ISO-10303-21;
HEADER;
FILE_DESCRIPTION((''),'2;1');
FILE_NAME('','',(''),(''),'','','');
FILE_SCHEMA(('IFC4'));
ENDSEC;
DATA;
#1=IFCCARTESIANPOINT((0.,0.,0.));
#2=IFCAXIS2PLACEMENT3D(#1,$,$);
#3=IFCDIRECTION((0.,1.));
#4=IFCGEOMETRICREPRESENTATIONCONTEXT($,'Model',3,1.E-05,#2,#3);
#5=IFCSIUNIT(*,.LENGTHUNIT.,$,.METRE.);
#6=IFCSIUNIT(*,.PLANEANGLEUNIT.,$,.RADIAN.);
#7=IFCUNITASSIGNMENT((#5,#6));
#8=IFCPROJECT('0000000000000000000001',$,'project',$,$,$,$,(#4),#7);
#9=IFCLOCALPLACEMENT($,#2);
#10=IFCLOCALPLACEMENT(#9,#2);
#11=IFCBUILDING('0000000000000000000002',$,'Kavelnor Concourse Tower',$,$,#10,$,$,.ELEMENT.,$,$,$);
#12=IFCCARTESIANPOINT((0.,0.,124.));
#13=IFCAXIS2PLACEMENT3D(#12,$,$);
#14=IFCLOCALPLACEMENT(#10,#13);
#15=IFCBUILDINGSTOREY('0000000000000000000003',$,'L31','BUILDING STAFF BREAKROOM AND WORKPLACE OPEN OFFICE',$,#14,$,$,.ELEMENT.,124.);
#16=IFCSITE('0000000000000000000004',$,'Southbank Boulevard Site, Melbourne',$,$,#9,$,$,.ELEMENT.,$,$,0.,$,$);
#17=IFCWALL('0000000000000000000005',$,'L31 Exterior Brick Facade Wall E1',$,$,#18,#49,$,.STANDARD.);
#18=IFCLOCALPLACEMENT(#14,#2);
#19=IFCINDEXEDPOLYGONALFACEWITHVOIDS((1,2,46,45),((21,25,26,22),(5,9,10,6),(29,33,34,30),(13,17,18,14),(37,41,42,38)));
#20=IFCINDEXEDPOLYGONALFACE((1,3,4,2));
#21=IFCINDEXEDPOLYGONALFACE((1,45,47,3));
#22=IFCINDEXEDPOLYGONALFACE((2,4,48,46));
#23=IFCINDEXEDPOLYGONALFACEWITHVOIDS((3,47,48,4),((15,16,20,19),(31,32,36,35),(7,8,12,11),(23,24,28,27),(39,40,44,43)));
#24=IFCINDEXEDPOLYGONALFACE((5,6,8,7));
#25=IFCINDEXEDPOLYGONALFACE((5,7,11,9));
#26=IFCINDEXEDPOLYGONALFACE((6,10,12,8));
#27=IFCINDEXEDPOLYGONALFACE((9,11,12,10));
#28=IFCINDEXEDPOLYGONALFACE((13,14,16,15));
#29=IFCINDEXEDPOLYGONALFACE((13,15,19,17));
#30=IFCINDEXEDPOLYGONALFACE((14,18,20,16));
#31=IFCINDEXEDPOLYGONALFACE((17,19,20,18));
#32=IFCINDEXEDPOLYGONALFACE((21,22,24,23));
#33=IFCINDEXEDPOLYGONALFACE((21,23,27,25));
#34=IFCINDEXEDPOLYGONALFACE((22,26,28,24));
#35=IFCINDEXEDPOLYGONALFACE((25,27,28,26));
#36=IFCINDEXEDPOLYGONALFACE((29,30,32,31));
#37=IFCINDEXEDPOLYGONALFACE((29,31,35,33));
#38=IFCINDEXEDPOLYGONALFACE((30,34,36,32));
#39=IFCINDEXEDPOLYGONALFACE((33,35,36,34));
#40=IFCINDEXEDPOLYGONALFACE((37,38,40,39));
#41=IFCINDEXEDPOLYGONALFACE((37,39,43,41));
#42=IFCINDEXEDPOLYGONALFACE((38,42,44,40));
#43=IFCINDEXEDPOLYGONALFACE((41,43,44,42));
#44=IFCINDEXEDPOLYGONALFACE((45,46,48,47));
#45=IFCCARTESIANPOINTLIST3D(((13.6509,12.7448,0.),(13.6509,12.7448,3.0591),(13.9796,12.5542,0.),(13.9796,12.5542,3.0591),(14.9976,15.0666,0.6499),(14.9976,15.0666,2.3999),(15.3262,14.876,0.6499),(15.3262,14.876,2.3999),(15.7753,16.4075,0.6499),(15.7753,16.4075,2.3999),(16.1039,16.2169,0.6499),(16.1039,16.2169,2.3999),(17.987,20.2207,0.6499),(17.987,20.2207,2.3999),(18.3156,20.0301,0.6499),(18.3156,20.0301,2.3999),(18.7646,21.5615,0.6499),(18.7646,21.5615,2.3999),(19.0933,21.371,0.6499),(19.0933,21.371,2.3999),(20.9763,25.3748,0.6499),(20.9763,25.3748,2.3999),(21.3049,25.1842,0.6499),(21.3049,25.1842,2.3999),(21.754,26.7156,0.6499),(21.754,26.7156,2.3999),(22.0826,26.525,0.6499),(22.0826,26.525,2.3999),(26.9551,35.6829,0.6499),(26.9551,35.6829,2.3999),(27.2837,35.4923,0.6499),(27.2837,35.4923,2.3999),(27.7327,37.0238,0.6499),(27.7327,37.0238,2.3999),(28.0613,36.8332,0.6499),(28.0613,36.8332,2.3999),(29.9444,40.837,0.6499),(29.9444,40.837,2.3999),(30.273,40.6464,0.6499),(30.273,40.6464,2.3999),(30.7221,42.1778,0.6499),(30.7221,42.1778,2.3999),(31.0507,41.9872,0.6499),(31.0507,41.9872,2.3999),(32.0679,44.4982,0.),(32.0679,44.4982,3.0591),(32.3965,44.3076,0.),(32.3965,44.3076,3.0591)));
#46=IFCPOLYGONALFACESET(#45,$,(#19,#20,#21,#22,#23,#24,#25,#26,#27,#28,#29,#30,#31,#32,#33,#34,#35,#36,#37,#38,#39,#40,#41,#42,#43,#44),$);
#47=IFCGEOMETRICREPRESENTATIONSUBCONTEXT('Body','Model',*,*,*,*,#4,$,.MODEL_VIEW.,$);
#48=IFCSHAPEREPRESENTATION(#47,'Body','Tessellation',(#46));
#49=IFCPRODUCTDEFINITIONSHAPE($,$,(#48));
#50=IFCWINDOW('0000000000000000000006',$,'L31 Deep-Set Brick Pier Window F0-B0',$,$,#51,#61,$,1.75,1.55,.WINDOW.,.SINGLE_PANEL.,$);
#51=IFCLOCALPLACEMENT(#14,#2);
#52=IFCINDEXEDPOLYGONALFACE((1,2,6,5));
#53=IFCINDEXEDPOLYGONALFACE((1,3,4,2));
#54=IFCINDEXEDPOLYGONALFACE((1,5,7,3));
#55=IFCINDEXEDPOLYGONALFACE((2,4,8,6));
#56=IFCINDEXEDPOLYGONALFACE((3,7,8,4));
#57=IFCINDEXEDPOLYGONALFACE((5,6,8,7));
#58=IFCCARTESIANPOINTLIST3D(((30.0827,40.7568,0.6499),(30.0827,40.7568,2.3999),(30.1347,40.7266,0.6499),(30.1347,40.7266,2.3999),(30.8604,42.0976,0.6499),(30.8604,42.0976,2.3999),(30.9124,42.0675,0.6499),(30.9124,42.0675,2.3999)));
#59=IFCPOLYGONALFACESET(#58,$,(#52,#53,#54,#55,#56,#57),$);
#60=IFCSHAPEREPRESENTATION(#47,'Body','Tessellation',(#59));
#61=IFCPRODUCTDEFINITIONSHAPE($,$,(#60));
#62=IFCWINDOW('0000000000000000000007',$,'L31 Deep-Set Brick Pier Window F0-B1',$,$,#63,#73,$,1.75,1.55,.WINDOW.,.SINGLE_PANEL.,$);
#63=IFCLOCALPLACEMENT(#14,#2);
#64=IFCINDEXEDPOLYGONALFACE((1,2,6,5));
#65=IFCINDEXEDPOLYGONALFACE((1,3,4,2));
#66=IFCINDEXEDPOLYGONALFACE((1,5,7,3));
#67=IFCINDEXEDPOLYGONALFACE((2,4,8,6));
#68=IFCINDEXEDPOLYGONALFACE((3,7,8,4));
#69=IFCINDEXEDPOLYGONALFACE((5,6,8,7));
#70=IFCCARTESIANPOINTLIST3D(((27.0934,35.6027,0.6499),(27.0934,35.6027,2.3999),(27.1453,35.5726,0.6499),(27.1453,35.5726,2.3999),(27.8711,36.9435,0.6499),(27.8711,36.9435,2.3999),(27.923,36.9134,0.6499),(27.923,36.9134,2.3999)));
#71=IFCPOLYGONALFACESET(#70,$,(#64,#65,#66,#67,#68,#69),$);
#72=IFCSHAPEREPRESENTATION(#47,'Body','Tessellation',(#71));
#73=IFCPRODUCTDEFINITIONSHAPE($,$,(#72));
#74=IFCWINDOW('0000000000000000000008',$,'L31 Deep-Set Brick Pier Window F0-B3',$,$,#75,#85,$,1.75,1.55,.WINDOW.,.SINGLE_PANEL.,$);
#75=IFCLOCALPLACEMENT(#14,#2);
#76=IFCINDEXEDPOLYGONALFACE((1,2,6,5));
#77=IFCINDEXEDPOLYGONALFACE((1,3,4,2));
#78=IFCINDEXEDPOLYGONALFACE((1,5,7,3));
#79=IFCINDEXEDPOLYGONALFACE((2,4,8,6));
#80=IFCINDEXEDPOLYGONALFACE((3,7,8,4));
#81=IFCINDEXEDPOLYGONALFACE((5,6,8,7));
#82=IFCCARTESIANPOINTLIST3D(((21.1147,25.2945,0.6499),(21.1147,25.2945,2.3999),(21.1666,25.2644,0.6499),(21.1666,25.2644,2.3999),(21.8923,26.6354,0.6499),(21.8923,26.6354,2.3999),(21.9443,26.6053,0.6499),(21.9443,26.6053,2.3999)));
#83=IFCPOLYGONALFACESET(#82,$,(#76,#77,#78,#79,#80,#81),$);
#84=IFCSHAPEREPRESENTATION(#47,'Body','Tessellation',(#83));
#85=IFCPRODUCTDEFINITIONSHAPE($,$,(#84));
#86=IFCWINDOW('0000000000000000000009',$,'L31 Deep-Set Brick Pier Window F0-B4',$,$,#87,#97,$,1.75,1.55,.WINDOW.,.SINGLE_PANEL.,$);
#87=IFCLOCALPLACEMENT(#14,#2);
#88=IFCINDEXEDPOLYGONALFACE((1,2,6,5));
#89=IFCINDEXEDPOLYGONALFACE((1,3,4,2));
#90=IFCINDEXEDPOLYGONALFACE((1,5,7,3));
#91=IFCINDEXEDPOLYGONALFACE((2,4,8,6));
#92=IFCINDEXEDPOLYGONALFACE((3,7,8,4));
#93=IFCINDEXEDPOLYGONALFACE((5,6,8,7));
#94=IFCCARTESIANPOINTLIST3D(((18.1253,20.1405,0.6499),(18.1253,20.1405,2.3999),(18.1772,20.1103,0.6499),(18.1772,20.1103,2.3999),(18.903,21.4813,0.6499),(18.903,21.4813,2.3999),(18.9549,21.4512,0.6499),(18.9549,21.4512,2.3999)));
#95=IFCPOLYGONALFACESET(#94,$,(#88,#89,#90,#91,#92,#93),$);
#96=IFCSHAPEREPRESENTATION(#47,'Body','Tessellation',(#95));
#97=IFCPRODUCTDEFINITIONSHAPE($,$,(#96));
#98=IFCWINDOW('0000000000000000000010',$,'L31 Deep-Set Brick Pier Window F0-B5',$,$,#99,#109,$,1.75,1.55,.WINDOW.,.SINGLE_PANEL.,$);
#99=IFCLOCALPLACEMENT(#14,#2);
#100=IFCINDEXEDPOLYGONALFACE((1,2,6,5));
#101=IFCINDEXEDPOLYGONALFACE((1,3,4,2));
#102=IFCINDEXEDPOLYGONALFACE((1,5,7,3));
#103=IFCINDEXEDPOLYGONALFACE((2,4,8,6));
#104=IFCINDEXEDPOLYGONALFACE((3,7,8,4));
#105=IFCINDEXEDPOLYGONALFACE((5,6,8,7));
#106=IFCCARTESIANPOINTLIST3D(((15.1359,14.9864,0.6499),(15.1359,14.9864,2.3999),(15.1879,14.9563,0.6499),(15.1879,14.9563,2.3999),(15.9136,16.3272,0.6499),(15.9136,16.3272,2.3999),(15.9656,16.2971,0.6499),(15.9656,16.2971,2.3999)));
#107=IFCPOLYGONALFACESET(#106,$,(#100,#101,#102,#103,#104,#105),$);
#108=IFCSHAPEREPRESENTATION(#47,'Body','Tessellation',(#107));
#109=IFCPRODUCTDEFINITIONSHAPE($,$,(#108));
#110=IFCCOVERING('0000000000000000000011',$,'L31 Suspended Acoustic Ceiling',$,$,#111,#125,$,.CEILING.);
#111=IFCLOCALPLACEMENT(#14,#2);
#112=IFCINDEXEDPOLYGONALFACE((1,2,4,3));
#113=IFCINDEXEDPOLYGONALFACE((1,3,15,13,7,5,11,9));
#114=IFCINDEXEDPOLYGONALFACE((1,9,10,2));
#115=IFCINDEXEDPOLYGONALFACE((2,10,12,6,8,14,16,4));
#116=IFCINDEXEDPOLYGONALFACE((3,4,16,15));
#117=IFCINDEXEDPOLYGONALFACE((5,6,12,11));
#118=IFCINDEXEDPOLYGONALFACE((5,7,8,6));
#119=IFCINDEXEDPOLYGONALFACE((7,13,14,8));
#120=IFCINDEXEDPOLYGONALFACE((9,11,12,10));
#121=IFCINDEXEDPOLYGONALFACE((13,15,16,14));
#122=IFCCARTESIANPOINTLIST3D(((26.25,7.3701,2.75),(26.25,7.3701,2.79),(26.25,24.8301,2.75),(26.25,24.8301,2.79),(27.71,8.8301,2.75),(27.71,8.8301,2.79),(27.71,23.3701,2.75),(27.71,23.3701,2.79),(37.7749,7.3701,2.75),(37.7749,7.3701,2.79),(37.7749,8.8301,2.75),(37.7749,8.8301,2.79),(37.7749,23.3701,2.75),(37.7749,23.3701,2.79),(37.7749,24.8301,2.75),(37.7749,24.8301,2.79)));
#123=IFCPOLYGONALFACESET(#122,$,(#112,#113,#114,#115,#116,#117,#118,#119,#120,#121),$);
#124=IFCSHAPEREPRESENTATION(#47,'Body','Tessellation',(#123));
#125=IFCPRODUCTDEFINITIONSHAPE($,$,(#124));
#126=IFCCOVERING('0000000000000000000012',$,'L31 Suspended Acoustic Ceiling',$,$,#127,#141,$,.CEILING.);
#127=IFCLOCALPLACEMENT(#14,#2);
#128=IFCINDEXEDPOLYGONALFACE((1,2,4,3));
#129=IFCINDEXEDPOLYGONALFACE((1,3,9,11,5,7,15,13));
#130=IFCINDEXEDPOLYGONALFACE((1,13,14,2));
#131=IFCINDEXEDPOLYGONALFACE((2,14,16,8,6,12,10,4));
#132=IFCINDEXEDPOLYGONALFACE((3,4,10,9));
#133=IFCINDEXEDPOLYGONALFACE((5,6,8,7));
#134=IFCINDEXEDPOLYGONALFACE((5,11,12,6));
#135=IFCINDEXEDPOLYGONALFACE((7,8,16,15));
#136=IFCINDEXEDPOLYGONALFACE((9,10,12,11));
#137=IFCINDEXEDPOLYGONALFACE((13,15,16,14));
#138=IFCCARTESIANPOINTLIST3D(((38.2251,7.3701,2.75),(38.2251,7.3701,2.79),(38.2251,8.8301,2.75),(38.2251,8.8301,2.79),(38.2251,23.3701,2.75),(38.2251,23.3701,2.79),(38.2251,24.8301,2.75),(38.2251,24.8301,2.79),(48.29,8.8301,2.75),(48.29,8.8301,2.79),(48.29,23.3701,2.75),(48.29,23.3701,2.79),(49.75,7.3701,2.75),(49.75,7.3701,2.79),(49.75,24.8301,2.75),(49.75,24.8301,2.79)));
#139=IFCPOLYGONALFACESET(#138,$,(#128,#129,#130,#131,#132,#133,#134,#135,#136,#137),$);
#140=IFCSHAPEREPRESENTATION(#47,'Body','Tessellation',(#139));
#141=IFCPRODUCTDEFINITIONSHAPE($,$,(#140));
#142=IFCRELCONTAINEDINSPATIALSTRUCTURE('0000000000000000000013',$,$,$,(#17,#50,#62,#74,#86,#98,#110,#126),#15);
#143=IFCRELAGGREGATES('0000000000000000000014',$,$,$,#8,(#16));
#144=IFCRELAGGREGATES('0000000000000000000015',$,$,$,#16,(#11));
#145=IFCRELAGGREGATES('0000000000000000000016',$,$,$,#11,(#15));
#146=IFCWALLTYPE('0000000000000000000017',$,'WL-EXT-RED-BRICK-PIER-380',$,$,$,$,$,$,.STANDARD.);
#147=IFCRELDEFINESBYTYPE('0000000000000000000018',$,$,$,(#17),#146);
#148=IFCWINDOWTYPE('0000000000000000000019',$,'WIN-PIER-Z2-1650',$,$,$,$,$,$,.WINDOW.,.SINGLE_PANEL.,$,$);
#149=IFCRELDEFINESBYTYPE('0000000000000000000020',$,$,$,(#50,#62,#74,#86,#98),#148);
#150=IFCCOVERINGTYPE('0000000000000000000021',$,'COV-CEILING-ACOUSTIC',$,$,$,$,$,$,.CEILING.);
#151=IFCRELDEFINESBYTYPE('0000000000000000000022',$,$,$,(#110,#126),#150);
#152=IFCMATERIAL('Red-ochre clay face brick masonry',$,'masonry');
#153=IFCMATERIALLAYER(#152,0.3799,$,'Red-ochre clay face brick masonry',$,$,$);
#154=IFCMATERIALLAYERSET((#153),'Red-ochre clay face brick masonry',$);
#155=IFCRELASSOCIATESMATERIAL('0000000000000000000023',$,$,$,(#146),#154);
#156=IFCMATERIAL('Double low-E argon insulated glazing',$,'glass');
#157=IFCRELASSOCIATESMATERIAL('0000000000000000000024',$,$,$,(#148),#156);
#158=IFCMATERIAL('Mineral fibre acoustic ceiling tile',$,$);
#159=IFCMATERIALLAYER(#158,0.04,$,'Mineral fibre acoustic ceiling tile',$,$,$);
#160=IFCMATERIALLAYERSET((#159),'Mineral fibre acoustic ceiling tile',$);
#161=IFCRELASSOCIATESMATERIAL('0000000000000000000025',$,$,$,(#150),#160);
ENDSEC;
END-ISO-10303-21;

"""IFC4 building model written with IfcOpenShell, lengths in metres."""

from ifc_helpers import new_model, si_unit, direction, frame, frame_2d, origin, place, context, subcontext, project, spatial, polyline, rectangle, outline, extrude, material, layer, layer_set, type_object, element, fill, save


model = new_model("IFC4")

# Units and contexts
model_context = context("Model", 3, precision=1e-05, world=origin(), true_north=direction((0.0, 1.0)))
body_context = subcontext(model_context, "Body", "Model", "MODEL_VIEW")
ifc_project = project(units=[si_unit("LENGTHUNIT", "METRE"), si_unit("PLANEANGLEUNIT", "RADIAN")], contexts=[model_context])

# Site, building, storey
site_placement = place(None, origin())
site = spatial("IfcSite", under=ifc_project, at=site_placement, Name="Southbank Boulevard Site, Melbourne", CompositionType="ELEMENT", RefElevation=0.0)
building_placement = place(site_placement, origin())
building = spatial("IfcBuilding", under=site, at=building_placement, Name="Kavelnor Concourse Tower", CompositionType="ELEMENT")
storey_placement = place(building_placement, frame((0.0, 0.0, 124.0)))
storey = spatial("IfcBuildingStorey", under=building, at=storey_placement, Name="L31", Description="BUILDING STAFF BREAKROOM AND WORKPLACE OPEN OFFICE", CompositionType="ELEMENT", Elevation=124.0)

# Wall, openings, windows
ifc_material_1 = material(Name="Red-ochre clay face brick masonry", Category="masonry")
ifc_layer_1 = layer(ifc_material_1, 0.3799, Name="Red-ochre clay face brick masonry")
ifc_layer_set_1 = layer_set([ifc_layer_1], Name="Red-ochre clay face brick masonry")
wall_type = type_object("IfcWallType", Name="WL-EXT-RED-BRICK-PIER-380", PredefinedType="STANDARD", material=ifc_layer_set_1)
wall_placement = place(storey_placement, frame((13.8152, 12.6494, 0.0), z_axis=(0.0, 0.0, 1.0), x_axis=(0.501718, 0.865031, 0.0)))
wall = element("IfcWall", 1, at=wall_placement, inside=storey, type_object=wall_type, Name="L31 Exterior Brick Facade Wall E1", PredefinedType="STANDARD", context=body_context, shape_type="SweptSolid", body=[
    extrude(rectangle(XDim=36.7078, YDim=0.3799, at=frame_2d((18.354, 0.0))), origin(), (0.0, 0.0, 1.0), 3.0591),
])
opening_1_placement = place(wall_placement, frame((32.4756, 0.0, 0.6499)))
opening_1 = element("IfcOpeningElement", 2, at=opening_1_placement, cuts=wall, PredefinedType="OPENING", context=body_context, shape_type="SweptSolid", body=[
    extrude(rectangle(XDim=1.55, YDim=1.75, at=frame_2d((0.7749, 0.875))), frame((0.0, 0.2, 0.0), z_axis=(0.0, -1.0, 0.0), x_axis=(1.0, 0.0, 0.0)), (0.0, 0.0, 1.0), 0.3999),
])
opening_2_placement = place(wall_placement, frame((26.5173, 0.0, 0.6499)))
opening_2 = element("IfcOpeningElement", 3, at=opening_2_placement, cuts=wall, PredefinedType="OPENING", context=body_context, shape_type="SweptSolid", body=[
    extrude(rectangle(XDim=1.55, YDim=1.75, at=frame_2d((0.7749, 0.875))), frame((0.0, 0.2, 0.0), z_axis=(0.0, -1.0, 0.0), x_axis=(1.0, 0.0, 0.0)), (0.0, 0.0, 1.0), 0.3999),
])
opening_3_placement = place(wall_placement, frame((14.6008, 0.0, 0.6499)))
opening_3 = element("IfcOpeningElement", 4, at=opening_3_placement, cuts=wall, PredefinedType="OPENING", context=body_context, shape_type="SweptSolid", body=[
    extrude(rectangle(XDim=1.55, YDim=1.75, at=frame_2d((0.7749, 0.875))), frame((0.0, 0.2, 0.0), z_axis=(0.0, -1.0, 0.0), x_axis=(1.0, 0.0, 0.0)), (0.0, 0.0, 1.0), 0.3999),
])
opening_4_placement = place(wall_placement, frame((8.6426, 0.0, 0.6499)))
opening_4 = element("IfcOpeningElement", 5, at=opening_4_placement, cuts=wall, PredefinedType="OPENING", context=body_context, shape_type="SweptSolid", body=[
    extrude(rectangle(XDim=1.55, YDim=1.75, at=frame_2d((0.7749, 0.875))), frame((0.0, 0.2, 0.0), z_axis=(0.0, -1.0, 0.0), x_axis=(1.0, 0.0, 0.0)), (0.0, 0.0, 1.0), 0.3999),
])
opening_5_placement = place(wall_placement, frame((2.6843, 0.0, 0.6499)))
opening_5 = element("IfcOpeningElement", 6, at=opening_5_placement, cuts=wall, PredefinedType="OPENING", context=body_context, shape_type="SweptSolid", body=[
    extrude(rectangle(XDim=1.55, YDim=1.75, at=frame_2d((0.7749, 0.875))), frame((0.0, 0.2, 0.0), z_axis=(0.0, -1.0, 0.0), x_axis=(1.0, 0.0, 0.0)), (0.0, 0.0, 1.0), 0.3999),
])
ifc_material_2 = material(Name="Double low-E argon insulated glazing", Category="glass")
window_type = type_object("IfcWindowType", Name="WIN-PIER-Z2-1650", PartitioningType="SINGLE_PANEL", PredefinedType="WINDOW", material=ifc_material_2)
window_1_placement = place(opening_1_placement, origin())
window_1 = element("IfcWindow", 7, at=window_1_placement, inside=storey, type_object=window_type, Name="L31 Deep-Set Brick Pier Window F0-B0", OverallHeight=1.75, OverallWidth=1.55, PartitioningType="SINGLE_PANEL", PredefinedType="WINDOW", context=body_context, shape_type="SweptSolid", body=[
    extrude(rectangle(XDim=1.55, YDim=1.75, at=frame_2d((0.7749, 0.875))), frame((0.0, 0.03, 0.0), z_axis=(0.0, -1.0, 0.0), x_axis=(1.0, 0.0, 0.0)), (0.0, 0.0, 1.0), 0.0601),
])
fill(opening_1, window_1)
window_2_placement = place(opening_2_placement, origin())
window_2 = element("IfcWindow", 8, at=window_2_placement, inside=storey, type_object=window_type, Name="L31 Deep-Set Brick Pier Window F0-B1", OverallHeight=1.75, OverallWidth=1.55, PartitioningType="SINGLE_PANEL", PredefinedType="WINDOW", context=body_context, shape_type="SweptSolid", body=[
    extrude(rectangle(XDim=1.55, YDim=1.75, at=frame_2d((0.7749, 0.875))), frame((0.0, 0.03, 0.0), z_axis=(0.0, -1.0, 0.0), x_axis=(1.0, 0.0, 0.0)), (0.0, 0.0, 1.0), 0.0601),
])
fill(opening_2, window_2)
window_3_placement = place(opening_3_placement, origin())
window_3 = element("IfcWindow", 9, at=window_3_placement, inside=storey, type_object=window_type, Name="L31 Deep-Set Brick Pier Window F0-B3", OverallHeight=1.75, OverallWidth=1.55, PartitioningType="SINGLE_PANEL", PredefinedType="WINDOW", context=body_context, shape_type="SweptSolid", body=[
    extrude(rectangle(XDim=1.55, YDim=1.75, at=frame_2d((0.7749, 0.875))), frame((0.0, 0.03, 0.0), z_axis=(0.0, -1.0, 0.0), x_axis=(1.0, 0.0, 0.0)), (0.0, 0.0, 1.0), 0.0601),
])
fill(opening_3, window_3)
window_4_placement = place(opening_4_placement, origin())
window_4 = element("IfcWindow", 10, at=window_4_placement, inside=storey, type_object=window_type, Name="L31 Deep-Set Brick Pier Window F0-B4", OverallHeight=1.75, OverallWidth=1.55, PartitioningType="SINGLE_PANEL", PredefinedType="WINDOW", context=body_context, shape_type="SweptSolid", body=[
    extrude(rectangle(XDim=1.55, YDim=1.75, at=frame_2d((0.7749, 0.875))), frame((0.0, 0.03, 0.0), z_axis=(0.0, -1.0, 0.0), x_axis=(1.0, 0.0, 0.0)), (0.0, 0.0, 1.0), 0.0601),
])
fill(opening_4, window_4)
window_5_placement = place(opening_5_placement, origin())
window_5 = element("IfcWindow", 11, at=window_5_placement, inside=storey, type_object=window_type, Name="L31 Deep-Set Brick Pier Window F0-B5", OverallHeight=1.75, OverallWidth=1.55, PartitioningType="SINGLE_PANEL", PredefinedType="WINDOW", context=body_context, shape_type="SweptSolid", body=[
    extrude(rectangle(XDim=1.55, YDim=1.75, at=frame_2d((0.7749, 0.875))), frame((0.0, 0.03, 0.0), z_axis=(0.0, -1.0, 0.0), x_axis=(1.0, 0.0, 0.0)), (0.0, 0.0, 1.0), 0.0601),
])
fill(opening_5, window_5)

# Coverings
ifc_material_3 = material(Name="Mineral fibre acoustic ceiling tile")
ifc_layer_2 = layer(ifc_material_3, 0.04, Name="Mineral fibre acoustic ceiling tile")
ifc_layer_set_2 = layer_set([ifc_layer_2], Name="Mineral fibre acoustic ceiling tile")
covering_type = type_object("IfcCoveringType", Name="COV-CEILING-ACOUSTIC", PredefinedType="CEILING", material=ifc_layer_set_2)
covering_1_placement = place(storey_placement, frame((0.0, 0.0, 2.75)))
element("IfcCovering", 12, at=covering_1_placement, inside=storey, type_object=covering_type, Name="L31 Suspended Acoustic Ceiling", PredefinedType="CEILING", context=body_context, shape_type="SweptSolid", body=[
    extrude(outline(polyline([(26.25, 7.3701), (26.25, 24.8301), (37.7749, 24.8301), (37.7749, 23.3701), (27.71, 23.3701), (27.71, 8.8301), (37.7749, 8.8301), (37.7749, 7.3701), (26.25, 7.3701)])), origin(), (0.0, 0.0, 1.0), 0.04),
])
covering_2_placement = place(storey_placement, frame((0.0, 0.0, 2.75)))
element("IfcCovering", 13, at=covering_2_placement, inside=storey, type_object=covering_type, Name="L31 Suspended Acoustic Ceiling", PredefinedType="CEILING", context=body_context, shape_type="SweptSolid", body=[
    extrude(outline(polyline([(49.75, 7.3701), (38.2251, 7.3701), (38.2251, 8.8301), (48.29, 8.8301), (48.29, 23.3701), (38.2251, 23.3701), (38.2251, 24.8301), (49.75, 24.8301), (49.75, 7.3701)])), origin(), (0.0, 0.0, 1.0), 0.04),
])

save(model, "model.ifc")
